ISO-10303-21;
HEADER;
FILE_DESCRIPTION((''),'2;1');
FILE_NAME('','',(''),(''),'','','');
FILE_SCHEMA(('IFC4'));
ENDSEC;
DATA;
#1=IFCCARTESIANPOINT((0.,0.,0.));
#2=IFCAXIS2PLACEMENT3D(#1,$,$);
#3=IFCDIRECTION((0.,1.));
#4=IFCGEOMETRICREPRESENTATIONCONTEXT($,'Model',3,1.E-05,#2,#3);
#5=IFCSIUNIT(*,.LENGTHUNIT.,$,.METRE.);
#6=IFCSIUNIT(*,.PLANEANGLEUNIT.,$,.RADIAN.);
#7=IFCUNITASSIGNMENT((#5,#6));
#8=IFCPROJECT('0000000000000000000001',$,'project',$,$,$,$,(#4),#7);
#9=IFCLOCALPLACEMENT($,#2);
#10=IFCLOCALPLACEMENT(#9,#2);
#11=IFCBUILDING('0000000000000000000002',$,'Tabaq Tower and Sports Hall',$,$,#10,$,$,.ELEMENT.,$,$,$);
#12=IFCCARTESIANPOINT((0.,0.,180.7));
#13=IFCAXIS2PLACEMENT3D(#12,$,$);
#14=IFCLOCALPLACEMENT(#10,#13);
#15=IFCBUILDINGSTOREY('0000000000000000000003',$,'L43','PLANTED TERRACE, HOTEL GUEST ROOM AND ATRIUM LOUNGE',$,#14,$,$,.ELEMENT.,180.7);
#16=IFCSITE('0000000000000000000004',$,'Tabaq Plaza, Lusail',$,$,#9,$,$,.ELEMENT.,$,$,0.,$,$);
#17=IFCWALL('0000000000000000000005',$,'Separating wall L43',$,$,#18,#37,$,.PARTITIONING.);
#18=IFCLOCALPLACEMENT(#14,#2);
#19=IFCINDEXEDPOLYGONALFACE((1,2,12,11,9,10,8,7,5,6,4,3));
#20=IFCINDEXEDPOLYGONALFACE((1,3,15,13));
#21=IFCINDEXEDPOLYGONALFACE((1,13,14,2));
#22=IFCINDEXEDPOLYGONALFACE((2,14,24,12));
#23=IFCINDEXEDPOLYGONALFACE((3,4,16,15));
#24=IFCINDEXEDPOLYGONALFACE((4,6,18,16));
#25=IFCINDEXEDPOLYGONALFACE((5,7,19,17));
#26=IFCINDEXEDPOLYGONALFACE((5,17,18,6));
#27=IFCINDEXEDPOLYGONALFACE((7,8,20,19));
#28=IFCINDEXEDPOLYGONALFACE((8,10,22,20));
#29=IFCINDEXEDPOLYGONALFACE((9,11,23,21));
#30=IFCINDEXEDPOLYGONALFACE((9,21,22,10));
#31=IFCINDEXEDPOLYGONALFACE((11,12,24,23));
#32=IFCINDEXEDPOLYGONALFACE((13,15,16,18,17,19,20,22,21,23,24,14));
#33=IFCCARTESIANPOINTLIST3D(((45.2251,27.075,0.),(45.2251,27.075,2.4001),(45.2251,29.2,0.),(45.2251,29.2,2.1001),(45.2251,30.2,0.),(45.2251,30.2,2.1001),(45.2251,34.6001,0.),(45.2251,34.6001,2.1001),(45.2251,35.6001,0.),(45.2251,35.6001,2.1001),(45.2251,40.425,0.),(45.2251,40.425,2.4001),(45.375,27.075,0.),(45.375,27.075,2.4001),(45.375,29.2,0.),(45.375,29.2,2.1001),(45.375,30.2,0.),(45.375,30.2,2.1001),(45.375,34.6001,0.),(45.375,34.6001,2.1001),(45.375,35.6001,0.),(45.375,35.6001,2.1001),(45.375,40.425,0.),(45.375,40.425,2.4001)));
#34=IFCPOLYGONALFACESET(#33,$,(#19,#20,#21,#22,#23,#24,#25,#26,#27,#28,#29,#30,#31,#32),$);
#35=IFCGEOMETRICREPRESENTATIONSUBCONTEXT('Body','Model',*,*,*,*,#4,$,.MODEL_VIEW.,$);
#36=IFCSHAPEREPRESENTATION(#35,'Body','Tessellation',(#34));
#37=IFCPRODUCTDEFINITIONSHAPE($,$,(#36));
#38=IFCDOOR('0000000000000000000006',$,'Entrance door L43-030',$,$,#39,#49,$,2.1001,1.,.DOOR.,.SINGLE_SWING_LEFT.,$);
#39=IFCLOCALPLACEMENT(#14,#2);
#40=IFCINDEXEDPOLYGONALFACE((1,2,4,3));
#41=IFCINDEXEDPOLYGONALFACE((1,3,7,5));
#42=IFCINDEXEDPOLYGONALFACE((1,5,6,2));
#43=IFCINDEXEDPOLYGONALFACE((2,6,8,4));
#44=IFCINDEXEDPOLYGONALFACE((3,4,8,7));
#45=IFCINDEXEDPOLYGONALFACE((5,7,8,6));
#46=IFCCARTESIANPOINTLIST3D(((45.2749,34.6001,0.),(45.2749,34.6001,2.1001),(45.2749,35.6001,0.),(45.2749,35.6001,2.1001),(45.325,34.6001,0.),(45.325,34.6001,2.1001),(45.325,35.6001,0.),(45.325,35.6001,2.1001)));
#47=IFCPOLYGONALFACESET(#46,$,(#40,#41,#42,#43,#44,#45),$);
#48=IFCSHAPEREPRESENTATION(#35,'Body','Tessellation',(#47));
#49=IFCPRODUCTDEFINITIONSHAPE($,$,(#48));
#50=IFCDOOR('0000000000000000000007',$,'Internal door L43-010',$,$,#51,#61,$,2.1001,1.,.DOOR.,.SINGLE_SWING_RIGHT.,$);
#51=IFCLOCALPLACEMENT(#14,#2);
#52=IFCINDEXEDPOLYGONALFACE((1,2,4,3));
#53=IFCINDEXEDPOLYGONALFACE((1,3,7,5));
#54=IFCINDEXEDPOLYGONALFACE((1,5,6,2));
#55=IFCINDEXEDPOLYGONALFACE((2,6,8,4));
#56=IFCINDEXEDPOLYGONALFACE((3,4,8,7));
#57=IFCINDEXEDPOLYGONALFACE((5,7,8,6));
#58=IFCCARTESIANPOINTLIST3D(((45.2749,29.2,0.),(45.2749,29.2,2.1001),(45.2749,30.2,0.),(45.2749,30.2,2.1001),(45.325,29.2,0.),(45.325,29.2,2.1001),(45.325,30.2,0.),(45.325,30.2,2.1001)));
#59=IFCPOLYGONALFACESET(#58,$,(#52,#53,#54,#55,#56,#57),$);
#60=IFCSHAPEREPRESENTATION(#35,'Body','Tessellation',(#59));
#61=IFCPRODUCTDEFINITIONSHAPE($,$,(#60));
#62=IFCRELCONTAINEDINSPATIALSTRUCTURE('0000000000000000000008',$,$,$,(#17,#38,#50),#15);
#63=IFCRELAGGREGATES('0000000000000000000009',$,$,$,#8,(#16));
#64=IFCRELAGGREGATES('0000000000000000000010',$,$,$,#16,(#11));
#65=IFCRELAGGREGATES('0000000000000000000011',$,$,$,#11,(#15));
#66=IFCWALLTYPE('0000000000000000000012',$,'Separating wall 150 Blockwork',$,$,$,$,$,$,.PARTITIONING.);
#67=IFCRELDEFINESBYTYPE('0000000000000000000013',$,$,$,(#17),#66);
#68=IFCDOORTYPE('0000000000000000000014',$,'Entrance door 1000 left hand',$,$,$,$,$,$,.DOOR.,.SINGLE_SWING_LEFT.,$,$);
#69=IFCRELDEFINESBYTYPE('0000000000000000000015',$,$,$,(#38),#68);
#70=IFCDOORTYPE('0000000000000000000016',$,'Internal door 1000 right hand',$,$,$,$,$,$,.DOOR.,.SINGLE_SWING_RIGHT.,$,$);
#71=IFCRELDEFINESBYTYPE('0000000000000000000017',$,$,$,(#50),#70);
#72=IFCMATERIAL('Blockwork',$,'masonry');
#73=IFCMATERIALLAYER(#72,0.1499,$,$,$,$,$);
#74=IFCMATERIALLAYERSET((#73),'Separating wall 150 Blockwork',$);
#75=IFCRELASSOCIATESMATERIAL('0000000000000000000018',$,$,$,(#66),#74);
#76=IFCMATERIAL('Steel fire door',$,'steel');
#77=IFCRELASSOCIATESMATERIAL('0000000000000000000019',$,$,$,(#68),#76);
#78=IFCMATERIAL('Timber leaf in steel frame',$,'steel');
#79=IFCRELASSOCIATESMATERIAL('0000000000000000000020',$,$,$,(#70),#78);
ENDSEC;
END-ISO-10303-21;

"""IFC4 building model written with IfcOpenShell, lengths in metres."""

from ifc_helpers import new_model, si_unit, direction, frame, frame_2d, origin, place, context, subcontext, project, spatial, rectangle, extrude, material, layer, layer_set, type_object, element, fill, save


model = new_model("IFC4")

# Units and contexts
model_context = context("Model", 3, precision=1e-05, world=origin(), true_north=direction((0.0, 1.0)))
body_context = subcontext(model_context, "Body", "Model", "MODEL_VIEW")
ifc_project = project(units=[si_unit("LENGTHUNIT", "METRE"), si_unit("PLANEANGLEUNIT", "RADIAN")], contexts=[model_context])

# Site, building, storey
site_placement = place(None, origin())
site = spatial("IfcSite", under=ifc_project, at=site_placement, Name="Tabaq Plaza, Lusail", CompositionType="ELEMENT", RefElevation=0.0)
building_placement = place(site_placement, origin())
building = spatial("IfcBuilding", under=site, at=building_placement, Name="Tabaq Tower and Sports Hall", CompositionType="ELEMENT")
storey_placement = place(building_placement, frame((0.0, 0.0, 180.7)))
storey = spatial("IfcBuildingStorey", under=building, at=storey_placement, Name="L43", Description="PLANTED TERRACE, HOTEL GUEST ROOM AND ATRIUM LOUNGE", CompositionType="ELEMENT", Elevation=180.7)

# Wall, openings, doors
ifc_material_1 = material(Name="Blockwork", Category="masonry")
ifc_layer_1 = layer(ifc_material_1, 0.1499)
ifc_layer_set_1 = layer_set([ifc_layer_1], Name="Separating wall 150 Blockwork")
wall_type_1 = type_object("IfcWallType", Name="Separating wall 150 Blockwork", PredefinedType="PARTITIONING", material=ifc_layer_set_1)
ifc_material_2 = material(Name="Steel fire door", Category="steel")
door_type_1 = type_object("IfcDoorType", Name="Entrance door 1000 left hand", OperationType="SINGLE_SWING_LEFT", PredefinedType="DOOR", material=ifc_material_2)
wall_1_placement = place(storey_placement, frame((45.3, 40.425, 0.0), z_axis=(0.0, 0.0, 1.0), x_axis=(0.0, -1.0, 0.0)))
wall_1 = element("IfcWall", 1, at=wall_1_placement, inside=storey, type_object=wall_type_1, Name="Separating wall L43", PredefinedType="PARTITIONING", context=body_context, shape_type="SweptSolid", body=[
    extrude(rectangle(XDim=13.3501, YDim=0.1499, at=frame_2d((6.675, 0.0))), origin(), (0.0, 0.0, 1.0), 2.4001),
])
opening_1_placement = place(wall_1_placement, frame((10.2251, 0.0, 0.0)))
opening_1 = element("IfcOpeningElement", 2, at=opening_1_placement, cuts=wall_1, PredefinedType="OPENING", context=body_context, shape_type="SweptSolid", body=[
    extrude(rectangle(XDim=1.0, YDim=2.1001, at=frame_2d((0.5, 1.05))), frame((0.0, 0.075, 0.0), z_axis=(0.0, -1.0, 0.0), x_axis=(1.0, 0.0, 0.0)), (0.0, 0.0, 1.0), 0.1499),
])
opening_2_placement = place(wall_1_placement, frame((4.825, 0.0, 0.0)))
opening_2 = element("IfcOpeningElement", 3, at=opening_2_placement, cuts=wall_1, PredefinedType="OPENING", context=body_context, shape_type="SweptSolid", body=[
    extrude(rectangle(XDim=1.0, YDim=2.1001, at=frame_2d((0.5, 1.05))), frame((0.0, 0.075, 0.0), z_axis=(0.0, -1.0, 0.0), x_axis=(1.0, 0.0, 0.0)), (0.0, 0.0, 1.0), 0.1499),
])
door_1_placement = place(opening_2_placement, origin())
door_1 = element("IfcDoor", 4, at=door_1_placement, inside=storey, type_object=door_type_1, Name="Entrance door L43-030", OperationType="SINGLE_SWING_LEFT", OverallHeight=2.1001, OverallWidth=1.0, PredefinedType="DOOR", context=body_context, shape_type="SweptSolid", body=[
    extrude(rectangle(XDim=1.0, YDim=2.1001, at=frame_2d((0.5, 1.05))), frame((0.0, 0.0249, 0.0), z_axis=(0.0, -1.0, 0.0), x_axis=(1.0, 0.0, 0.0)), (0.0, 0.0, 1.0), 0.05),
])
fill(opening_2, door_1)
ifc_material_3 = material(Name="Timber leaf in steel frame", Category="steel")
door_type_2 = type_object("IfcDoorType", Name="Internal door 1000 right hand", OperationType="SINGLE_SWING_RIGHT", PredefinedType="DOOR", material=ifc_material_3)
door_2_placement = place(opening_1_placement, origin())
door_2 = element("IfcDoor", 5, at=door_2_placement, inside=storey, type_object=door_type_2, Name="Internal door L43-010", OperationType="SINGLE_SWING_RIGHT", OverallHeight=2.1001, OverallWidth=1.0, PredefinedType="DOOR", context=body_context, shape_type="SweptSolid", body=[
    extrude(rectangle(XDim=1.0, YDim=2.1001, at=frame_2d((0.5, 1.05))), frame((0.0, 0.0249, 0.0), z_axis=(0.0, -1.0, 0.0), x_axis=(1.0, 0.0, 0.0)), (0.0, 0.0, 1.0), 0.05),
])
fill(opening_1, door_2)

save(model, "model.ifc")
